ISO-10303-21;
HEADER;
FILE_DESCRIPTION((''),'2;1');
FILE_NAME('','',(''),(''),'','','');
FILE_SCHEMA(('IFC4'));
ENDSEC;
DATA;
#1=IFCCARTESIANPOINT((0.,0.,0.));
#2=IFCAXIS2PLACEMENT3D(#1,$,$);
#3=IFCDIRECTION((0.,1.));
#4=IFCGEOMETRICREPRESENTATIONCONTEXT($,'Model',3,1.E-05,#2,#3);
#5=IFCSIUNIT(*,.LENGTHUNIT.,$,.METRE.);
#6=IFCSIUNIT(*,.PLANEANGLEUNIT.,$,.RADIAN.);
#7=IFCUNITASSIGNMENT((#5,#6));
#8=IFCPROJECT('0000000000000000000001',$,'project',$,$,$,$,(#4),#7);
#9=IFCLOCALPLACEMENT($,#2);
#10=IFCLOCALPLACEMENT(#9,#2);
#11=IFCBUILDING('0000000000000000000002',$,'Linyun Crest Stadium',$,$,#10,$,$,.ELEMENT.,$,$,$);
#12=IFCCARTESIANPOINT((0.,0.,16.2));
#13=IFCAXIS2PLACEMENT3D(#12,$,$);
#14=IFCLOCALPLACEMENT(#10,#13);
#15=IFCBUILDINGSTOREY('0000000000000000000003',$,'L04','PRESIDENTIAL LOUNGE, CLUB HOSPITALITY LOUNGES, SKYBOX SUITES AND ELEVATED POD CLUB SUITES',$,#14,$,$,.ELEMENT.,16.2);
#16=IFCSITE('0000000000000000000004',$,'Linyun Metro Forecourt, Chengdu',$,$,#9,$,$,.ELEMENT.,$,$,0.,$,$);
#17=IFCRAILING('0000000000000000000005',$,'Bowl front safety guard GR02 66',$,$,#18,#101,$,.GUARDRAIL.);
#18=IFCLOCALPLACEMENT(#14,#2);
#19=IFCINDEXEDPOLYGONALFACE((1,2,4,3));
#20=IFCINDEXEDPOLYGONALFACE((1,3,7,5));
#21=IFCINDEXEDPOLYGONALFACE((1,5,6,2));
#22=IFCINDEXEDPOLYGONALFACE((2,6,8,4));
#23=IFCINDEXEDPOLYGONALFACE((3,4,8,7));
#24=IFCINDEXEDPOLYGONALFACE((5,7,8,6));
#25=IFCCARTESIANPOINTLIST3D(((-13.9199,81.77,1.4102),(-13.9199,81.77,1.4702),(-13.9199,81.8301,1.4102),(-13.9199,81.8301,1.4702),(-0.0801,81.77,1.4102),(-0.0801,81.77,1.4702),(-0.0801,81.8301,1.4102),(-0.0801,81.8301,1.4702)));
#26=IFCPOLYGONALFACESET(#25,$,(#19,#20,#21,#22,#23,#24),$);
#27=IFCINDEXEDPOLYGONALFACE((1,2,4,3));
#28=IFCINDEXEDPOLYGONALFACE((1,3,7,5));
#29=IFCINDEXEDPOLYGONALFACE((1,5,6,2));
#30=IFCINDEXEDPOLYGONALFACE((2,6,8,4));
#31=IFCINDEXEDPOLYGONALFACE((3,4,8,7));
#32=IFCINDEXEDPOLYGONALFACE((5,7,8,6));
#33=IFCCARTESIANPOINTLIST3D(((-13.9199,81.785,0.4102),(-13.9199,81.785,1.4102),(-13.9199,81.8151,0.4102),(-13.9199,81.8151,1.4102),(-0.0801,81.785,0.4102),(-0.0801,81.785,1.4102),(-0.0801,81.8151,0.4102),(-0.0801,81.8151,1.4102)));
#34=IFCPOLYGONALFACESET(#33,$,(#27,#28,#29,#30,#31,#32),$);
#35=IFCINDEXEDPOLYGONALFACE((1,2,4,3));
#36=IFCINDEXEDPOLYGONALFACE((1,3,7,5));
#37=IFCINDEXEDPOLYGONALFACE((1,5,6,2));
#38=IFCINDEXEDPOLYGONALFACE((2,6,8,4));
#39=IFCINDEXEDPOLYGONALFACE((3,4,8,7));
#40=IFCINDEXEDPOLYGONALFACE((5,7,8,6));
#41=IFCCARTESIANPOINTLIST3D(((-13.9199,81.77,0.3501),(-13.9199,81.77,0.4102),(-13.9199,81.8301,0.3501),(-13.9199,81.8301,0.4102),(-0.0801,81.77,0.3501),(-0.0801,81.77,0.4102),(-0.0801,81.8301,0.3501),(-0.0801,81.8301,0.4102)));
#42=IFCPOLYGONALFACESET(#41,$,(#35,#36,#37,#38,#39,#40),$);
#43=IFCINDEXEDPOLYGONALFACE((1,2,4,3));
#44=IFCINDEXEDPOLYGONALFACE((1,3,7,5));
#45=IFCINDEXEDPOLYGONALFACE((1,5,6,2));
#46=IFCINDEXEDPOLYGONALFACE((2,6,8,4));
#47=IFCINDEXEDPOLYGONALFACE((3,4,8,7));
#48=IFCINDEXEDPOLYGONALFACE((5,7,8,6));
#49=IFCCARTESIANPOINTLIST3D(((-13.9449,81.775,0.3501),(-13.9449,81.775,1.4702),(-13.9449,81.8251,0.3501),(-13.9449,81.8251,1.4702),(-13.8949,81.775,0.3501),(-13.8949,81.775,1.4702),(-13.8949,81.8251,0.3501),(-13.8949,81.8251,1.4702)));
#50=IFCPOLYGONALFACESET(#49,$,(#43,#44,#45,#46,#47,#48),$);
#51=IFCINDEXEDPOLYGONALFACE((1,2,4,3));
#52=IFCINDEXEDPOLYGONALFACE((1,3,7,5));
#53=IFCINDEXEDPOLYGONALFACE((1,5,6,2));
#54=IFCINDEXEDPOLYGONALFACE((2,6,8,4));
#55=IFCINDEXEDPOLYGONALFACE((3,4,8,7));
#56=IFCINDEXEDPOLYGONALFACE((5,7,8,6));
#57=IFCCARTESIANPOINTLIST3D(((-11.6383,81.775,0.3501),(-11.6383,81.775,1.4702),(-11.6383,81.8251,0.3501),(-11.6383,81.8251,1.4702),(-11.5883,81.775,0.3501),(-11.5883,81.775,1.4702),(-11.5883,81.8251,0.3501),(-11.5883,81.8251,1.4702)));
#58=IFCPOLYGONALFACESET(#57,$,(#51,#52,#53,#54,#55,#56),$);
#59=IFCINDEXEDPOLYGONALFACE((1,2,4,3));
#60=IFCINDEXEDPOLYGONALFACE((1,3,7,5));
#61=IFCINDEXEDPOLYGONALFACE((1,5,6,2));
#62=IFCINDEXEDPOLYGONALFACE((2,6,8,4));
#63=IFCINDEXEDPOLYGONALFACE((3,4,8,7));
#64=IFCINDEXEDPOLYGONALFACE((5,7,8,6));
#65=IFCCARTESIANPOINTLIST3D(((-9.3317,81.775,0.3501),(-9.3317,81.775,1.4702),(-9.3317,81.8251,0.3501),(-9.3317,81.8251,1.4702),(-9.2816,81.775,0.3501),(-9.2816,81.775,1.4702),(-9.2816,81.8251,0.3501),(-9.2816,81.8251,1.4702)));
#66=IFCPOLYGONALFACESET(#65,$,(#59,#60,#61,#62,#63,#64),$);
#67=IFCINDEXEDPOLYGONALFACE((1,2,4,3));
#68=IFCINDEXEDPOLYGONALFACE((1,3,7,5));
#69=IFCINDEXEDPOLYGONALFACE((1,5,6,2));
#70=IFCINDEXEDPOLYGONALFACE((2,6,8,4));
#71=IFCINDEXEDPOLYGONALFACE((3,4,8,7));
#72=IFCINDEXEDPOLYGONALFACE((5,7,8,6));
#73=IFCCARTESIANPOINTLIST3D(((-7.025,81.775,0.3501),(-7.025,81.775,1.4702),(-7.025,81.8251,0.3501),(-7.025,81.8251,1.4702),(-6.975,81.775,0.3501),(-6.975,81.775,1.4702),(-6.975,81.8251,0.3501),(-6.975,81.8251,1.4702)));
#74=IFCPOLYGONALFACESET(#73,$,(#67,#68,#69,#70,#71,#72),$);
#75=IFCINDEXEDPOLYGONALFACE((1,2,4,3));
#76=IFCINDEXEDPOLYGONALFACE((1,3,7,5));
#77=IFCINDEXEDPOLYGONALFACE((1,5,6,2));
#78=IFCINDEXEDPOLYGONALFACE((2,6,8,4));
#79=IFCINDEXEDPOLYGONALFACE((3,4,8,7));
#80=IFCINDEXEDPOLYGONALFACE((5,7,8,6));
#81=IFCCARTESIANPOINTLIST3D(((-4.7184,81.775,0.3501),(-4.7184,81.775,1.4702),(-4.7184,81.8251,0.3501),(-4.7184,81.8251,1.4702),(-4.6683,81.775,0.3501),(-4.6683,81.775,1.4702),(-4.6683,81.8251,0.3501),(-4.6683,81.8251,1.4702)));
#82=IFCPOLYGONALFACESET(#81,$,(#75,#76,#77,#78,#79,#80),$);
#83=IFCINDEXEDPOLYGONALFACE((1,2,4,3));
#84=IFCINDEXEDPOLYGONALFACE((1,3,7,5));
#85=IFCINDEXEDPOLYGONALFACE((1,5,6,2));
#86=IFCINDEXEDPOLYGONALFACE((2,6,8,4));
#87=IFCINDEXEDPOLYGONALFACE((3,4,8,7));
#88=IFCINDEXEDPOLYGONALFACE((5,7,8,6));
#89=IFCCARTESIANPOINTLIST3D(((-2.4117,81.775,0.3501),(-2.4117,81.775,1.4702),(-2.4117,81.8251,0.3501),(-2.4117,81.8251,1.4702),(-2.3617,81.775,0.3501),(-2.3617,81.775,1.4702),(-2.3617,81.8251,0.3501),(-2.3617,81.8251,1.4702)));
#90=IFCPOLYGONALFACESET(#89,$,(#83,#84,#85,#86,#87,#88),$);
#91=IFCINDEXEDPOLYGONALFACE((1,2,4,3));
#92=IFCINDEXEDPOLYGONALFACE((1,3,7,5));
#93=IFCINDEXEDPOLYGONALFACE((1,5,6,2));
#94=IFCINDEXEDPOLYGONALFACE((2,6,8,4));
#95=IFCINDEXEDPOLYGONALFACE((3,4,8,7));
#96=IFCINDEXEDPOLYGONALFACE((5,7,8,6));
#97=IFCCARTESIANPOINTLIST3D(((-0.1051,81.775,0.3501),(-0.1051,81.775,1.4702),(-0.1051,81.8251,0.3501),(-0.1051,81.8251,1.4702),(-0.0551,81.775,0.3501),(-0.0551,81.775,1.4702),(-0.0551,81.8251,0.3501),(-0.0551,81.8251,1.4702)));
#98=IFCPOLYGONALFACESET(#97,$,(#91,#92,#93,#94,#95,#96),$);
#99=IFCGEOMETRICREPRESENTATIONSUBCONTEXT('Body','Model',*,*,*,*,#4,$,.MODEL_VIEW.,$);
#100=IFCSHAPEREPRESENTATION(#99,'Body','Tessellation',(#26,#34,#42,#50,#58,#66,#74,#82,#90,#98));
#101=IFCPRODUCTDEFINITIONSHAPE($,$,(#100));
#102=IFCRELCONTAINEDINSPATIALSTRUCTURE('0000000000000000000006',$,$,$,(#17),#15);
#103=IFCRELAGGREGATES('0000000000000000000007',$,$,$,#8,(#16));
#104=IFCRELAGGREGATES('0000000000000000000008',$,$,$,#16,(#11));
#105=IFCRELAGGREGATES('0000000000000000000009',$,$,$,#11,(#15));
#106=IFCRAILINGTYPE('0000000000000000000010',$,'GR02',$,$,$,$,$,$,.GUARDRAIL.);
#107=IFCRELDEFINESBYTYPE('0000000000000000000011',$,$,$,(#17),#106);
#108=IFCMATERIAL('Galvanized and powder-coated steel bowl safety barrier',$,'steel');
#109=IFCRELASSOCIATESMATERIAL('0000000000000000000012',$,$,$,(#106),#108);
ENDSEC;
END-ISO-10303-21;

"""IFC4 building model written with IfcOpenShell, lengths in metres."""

from ifc_helpers import new_model, si_unit, direction, frame, origin, origin_2d, place, context, subcontext, project, spatial, rectangle, extrude, material, type_object, element, save


model = new_model("IFC4")

# Units and contexts
model_context = context("Model", 3, precision=1e-05, world=origin(), true_north=direction((0.0, 1.0)))
body_context = subcontext(model_context, "Body", "Model", "MODEL_VIEW")
ifc_project = project(units=[si_unit("LENGTHUNIT", "METRE"), si_unit("PLANEANGLEUNIT", "RADIAN")], contexts=[model_context])

# Site, building, storey
site_placement = place(None, origin())
site = spatial("IfcSite", under=ifc_project, at=site_placement, Name="Linyun Metro Forecourt, Chengdu", CompositionType="ELEMENT", RefElevation=0.0)
building_placement = place(site_placement, origin())
building = spatial("IfcBuilding", under=site, at=building_placement, Name="Linyun Crest Stadium", CompositionType="ELEMENT")
storey_placement = place(building_placement, frame((0.0, 0.0, 16.2)))
storey = spatial("IfcBuildingStorey", under=building, at=storey_placement, Name="L04", Description="PRESIDENTIAL LOUNGE, CLUB HOSPITALITY LOUNGES, SKYBOX SUITES AND ELEVATED POD CLUB SUITES", CompositionType="ELEMENT", Elevation=16.2)

# Railing
ifc_material_1 = material(Name="Galvanized and powder-coated steel bowl safety barrier", Category="steel")
railing_type = type_object("IfcRailingType", Name="GR02", PredefinedType="GUARDRAIL", material=ifc_material_1)
railing_placement = place(storey_placement, frame((-13.9199, 81.8, 0.3501)))
element("IfcRailing", 1, at=railing_placement, inside=storey, type_object=railing_type, Name="Bowl front safety guard GR02 66", PredefinedType="GUARDRAIL", context=body_context, shape_type="SweptSolid", body=[
    extrude(rectangle(XDim=0.0601, YDim=0.0601, at=origin_2d()), frame((0.0, 0.0, 1.0901), z_axis=(1.0, 0.0, 0.0), x_axis=(0.0, 1.0, 0.0)), (0.0, 0.0, 1.0), 13.8398),
    extrude(rectangle(XDim=0.03, YDim=1.0, at=origin_2d()), frame((0.0, 0.0, 0.5601), z_axis=(1.0, 0.0, 0.0), x_axis=(0.0, 1.0, 0.0)), (0.0, 0.0, 1.0), 13.8398),
    extrude(rectangle(XDim=0.0601, YDim=0.0601, at=origin_2d()), frame((0.0, 0.0, 0.03), z_axis=(1.0, 0.0, 0.0), x_axis=(0.0, 1.0, 0.0)), (0.0, 0.0, 1.0), 13.8398),
    extrude(rectangle(XDim=0.05, YDim=0.05, at=origin_2d()), origin(), (0.0, 0.0, 1.0), 1.1201),
    extrude(rectangle(XDim=0.05, YDim=0.05, at=origin_2d()), frame((2.3066, 0.0, 0.0)), (0.0, 0.0, 1.0), 1.1201),
    extrude(rectangle(XDim=0.05, YDim=0.05, at=origin_2d()), frame((4.6133, 0.0, 0.0)), (0.0, 0.0, 1.0), 1.1201),
    extrude(rectangle(XDim=0.05, YDim=0.05, at=origin_2d()), frame((6.9199, 0.0, 0.0)), (0.0, 0.0, 1.0), 1.1201),
    extrude(rectangle(XDim=0.05, YDim=0.05, at=origin_2d()), frame((9.2266, 0.0, 0.0)), (0.0, 0.0, 1.0), 1.1201),
    extrude(rectangle(XDim=0.05, YDim=0.05, at=origin_2d()), frame((11.5332, 0.0, 0.0)), (0.0, 0.0, 1.0), 1.1201),
    extrude(rectangle(XDim=0.05, YDim=0.05, at=origin_2d()), frame((13.8398, 0.0, 0.0)), (0.0, 0.0, 1.0), 1.1201),
])

save(model, "model.ifc")
